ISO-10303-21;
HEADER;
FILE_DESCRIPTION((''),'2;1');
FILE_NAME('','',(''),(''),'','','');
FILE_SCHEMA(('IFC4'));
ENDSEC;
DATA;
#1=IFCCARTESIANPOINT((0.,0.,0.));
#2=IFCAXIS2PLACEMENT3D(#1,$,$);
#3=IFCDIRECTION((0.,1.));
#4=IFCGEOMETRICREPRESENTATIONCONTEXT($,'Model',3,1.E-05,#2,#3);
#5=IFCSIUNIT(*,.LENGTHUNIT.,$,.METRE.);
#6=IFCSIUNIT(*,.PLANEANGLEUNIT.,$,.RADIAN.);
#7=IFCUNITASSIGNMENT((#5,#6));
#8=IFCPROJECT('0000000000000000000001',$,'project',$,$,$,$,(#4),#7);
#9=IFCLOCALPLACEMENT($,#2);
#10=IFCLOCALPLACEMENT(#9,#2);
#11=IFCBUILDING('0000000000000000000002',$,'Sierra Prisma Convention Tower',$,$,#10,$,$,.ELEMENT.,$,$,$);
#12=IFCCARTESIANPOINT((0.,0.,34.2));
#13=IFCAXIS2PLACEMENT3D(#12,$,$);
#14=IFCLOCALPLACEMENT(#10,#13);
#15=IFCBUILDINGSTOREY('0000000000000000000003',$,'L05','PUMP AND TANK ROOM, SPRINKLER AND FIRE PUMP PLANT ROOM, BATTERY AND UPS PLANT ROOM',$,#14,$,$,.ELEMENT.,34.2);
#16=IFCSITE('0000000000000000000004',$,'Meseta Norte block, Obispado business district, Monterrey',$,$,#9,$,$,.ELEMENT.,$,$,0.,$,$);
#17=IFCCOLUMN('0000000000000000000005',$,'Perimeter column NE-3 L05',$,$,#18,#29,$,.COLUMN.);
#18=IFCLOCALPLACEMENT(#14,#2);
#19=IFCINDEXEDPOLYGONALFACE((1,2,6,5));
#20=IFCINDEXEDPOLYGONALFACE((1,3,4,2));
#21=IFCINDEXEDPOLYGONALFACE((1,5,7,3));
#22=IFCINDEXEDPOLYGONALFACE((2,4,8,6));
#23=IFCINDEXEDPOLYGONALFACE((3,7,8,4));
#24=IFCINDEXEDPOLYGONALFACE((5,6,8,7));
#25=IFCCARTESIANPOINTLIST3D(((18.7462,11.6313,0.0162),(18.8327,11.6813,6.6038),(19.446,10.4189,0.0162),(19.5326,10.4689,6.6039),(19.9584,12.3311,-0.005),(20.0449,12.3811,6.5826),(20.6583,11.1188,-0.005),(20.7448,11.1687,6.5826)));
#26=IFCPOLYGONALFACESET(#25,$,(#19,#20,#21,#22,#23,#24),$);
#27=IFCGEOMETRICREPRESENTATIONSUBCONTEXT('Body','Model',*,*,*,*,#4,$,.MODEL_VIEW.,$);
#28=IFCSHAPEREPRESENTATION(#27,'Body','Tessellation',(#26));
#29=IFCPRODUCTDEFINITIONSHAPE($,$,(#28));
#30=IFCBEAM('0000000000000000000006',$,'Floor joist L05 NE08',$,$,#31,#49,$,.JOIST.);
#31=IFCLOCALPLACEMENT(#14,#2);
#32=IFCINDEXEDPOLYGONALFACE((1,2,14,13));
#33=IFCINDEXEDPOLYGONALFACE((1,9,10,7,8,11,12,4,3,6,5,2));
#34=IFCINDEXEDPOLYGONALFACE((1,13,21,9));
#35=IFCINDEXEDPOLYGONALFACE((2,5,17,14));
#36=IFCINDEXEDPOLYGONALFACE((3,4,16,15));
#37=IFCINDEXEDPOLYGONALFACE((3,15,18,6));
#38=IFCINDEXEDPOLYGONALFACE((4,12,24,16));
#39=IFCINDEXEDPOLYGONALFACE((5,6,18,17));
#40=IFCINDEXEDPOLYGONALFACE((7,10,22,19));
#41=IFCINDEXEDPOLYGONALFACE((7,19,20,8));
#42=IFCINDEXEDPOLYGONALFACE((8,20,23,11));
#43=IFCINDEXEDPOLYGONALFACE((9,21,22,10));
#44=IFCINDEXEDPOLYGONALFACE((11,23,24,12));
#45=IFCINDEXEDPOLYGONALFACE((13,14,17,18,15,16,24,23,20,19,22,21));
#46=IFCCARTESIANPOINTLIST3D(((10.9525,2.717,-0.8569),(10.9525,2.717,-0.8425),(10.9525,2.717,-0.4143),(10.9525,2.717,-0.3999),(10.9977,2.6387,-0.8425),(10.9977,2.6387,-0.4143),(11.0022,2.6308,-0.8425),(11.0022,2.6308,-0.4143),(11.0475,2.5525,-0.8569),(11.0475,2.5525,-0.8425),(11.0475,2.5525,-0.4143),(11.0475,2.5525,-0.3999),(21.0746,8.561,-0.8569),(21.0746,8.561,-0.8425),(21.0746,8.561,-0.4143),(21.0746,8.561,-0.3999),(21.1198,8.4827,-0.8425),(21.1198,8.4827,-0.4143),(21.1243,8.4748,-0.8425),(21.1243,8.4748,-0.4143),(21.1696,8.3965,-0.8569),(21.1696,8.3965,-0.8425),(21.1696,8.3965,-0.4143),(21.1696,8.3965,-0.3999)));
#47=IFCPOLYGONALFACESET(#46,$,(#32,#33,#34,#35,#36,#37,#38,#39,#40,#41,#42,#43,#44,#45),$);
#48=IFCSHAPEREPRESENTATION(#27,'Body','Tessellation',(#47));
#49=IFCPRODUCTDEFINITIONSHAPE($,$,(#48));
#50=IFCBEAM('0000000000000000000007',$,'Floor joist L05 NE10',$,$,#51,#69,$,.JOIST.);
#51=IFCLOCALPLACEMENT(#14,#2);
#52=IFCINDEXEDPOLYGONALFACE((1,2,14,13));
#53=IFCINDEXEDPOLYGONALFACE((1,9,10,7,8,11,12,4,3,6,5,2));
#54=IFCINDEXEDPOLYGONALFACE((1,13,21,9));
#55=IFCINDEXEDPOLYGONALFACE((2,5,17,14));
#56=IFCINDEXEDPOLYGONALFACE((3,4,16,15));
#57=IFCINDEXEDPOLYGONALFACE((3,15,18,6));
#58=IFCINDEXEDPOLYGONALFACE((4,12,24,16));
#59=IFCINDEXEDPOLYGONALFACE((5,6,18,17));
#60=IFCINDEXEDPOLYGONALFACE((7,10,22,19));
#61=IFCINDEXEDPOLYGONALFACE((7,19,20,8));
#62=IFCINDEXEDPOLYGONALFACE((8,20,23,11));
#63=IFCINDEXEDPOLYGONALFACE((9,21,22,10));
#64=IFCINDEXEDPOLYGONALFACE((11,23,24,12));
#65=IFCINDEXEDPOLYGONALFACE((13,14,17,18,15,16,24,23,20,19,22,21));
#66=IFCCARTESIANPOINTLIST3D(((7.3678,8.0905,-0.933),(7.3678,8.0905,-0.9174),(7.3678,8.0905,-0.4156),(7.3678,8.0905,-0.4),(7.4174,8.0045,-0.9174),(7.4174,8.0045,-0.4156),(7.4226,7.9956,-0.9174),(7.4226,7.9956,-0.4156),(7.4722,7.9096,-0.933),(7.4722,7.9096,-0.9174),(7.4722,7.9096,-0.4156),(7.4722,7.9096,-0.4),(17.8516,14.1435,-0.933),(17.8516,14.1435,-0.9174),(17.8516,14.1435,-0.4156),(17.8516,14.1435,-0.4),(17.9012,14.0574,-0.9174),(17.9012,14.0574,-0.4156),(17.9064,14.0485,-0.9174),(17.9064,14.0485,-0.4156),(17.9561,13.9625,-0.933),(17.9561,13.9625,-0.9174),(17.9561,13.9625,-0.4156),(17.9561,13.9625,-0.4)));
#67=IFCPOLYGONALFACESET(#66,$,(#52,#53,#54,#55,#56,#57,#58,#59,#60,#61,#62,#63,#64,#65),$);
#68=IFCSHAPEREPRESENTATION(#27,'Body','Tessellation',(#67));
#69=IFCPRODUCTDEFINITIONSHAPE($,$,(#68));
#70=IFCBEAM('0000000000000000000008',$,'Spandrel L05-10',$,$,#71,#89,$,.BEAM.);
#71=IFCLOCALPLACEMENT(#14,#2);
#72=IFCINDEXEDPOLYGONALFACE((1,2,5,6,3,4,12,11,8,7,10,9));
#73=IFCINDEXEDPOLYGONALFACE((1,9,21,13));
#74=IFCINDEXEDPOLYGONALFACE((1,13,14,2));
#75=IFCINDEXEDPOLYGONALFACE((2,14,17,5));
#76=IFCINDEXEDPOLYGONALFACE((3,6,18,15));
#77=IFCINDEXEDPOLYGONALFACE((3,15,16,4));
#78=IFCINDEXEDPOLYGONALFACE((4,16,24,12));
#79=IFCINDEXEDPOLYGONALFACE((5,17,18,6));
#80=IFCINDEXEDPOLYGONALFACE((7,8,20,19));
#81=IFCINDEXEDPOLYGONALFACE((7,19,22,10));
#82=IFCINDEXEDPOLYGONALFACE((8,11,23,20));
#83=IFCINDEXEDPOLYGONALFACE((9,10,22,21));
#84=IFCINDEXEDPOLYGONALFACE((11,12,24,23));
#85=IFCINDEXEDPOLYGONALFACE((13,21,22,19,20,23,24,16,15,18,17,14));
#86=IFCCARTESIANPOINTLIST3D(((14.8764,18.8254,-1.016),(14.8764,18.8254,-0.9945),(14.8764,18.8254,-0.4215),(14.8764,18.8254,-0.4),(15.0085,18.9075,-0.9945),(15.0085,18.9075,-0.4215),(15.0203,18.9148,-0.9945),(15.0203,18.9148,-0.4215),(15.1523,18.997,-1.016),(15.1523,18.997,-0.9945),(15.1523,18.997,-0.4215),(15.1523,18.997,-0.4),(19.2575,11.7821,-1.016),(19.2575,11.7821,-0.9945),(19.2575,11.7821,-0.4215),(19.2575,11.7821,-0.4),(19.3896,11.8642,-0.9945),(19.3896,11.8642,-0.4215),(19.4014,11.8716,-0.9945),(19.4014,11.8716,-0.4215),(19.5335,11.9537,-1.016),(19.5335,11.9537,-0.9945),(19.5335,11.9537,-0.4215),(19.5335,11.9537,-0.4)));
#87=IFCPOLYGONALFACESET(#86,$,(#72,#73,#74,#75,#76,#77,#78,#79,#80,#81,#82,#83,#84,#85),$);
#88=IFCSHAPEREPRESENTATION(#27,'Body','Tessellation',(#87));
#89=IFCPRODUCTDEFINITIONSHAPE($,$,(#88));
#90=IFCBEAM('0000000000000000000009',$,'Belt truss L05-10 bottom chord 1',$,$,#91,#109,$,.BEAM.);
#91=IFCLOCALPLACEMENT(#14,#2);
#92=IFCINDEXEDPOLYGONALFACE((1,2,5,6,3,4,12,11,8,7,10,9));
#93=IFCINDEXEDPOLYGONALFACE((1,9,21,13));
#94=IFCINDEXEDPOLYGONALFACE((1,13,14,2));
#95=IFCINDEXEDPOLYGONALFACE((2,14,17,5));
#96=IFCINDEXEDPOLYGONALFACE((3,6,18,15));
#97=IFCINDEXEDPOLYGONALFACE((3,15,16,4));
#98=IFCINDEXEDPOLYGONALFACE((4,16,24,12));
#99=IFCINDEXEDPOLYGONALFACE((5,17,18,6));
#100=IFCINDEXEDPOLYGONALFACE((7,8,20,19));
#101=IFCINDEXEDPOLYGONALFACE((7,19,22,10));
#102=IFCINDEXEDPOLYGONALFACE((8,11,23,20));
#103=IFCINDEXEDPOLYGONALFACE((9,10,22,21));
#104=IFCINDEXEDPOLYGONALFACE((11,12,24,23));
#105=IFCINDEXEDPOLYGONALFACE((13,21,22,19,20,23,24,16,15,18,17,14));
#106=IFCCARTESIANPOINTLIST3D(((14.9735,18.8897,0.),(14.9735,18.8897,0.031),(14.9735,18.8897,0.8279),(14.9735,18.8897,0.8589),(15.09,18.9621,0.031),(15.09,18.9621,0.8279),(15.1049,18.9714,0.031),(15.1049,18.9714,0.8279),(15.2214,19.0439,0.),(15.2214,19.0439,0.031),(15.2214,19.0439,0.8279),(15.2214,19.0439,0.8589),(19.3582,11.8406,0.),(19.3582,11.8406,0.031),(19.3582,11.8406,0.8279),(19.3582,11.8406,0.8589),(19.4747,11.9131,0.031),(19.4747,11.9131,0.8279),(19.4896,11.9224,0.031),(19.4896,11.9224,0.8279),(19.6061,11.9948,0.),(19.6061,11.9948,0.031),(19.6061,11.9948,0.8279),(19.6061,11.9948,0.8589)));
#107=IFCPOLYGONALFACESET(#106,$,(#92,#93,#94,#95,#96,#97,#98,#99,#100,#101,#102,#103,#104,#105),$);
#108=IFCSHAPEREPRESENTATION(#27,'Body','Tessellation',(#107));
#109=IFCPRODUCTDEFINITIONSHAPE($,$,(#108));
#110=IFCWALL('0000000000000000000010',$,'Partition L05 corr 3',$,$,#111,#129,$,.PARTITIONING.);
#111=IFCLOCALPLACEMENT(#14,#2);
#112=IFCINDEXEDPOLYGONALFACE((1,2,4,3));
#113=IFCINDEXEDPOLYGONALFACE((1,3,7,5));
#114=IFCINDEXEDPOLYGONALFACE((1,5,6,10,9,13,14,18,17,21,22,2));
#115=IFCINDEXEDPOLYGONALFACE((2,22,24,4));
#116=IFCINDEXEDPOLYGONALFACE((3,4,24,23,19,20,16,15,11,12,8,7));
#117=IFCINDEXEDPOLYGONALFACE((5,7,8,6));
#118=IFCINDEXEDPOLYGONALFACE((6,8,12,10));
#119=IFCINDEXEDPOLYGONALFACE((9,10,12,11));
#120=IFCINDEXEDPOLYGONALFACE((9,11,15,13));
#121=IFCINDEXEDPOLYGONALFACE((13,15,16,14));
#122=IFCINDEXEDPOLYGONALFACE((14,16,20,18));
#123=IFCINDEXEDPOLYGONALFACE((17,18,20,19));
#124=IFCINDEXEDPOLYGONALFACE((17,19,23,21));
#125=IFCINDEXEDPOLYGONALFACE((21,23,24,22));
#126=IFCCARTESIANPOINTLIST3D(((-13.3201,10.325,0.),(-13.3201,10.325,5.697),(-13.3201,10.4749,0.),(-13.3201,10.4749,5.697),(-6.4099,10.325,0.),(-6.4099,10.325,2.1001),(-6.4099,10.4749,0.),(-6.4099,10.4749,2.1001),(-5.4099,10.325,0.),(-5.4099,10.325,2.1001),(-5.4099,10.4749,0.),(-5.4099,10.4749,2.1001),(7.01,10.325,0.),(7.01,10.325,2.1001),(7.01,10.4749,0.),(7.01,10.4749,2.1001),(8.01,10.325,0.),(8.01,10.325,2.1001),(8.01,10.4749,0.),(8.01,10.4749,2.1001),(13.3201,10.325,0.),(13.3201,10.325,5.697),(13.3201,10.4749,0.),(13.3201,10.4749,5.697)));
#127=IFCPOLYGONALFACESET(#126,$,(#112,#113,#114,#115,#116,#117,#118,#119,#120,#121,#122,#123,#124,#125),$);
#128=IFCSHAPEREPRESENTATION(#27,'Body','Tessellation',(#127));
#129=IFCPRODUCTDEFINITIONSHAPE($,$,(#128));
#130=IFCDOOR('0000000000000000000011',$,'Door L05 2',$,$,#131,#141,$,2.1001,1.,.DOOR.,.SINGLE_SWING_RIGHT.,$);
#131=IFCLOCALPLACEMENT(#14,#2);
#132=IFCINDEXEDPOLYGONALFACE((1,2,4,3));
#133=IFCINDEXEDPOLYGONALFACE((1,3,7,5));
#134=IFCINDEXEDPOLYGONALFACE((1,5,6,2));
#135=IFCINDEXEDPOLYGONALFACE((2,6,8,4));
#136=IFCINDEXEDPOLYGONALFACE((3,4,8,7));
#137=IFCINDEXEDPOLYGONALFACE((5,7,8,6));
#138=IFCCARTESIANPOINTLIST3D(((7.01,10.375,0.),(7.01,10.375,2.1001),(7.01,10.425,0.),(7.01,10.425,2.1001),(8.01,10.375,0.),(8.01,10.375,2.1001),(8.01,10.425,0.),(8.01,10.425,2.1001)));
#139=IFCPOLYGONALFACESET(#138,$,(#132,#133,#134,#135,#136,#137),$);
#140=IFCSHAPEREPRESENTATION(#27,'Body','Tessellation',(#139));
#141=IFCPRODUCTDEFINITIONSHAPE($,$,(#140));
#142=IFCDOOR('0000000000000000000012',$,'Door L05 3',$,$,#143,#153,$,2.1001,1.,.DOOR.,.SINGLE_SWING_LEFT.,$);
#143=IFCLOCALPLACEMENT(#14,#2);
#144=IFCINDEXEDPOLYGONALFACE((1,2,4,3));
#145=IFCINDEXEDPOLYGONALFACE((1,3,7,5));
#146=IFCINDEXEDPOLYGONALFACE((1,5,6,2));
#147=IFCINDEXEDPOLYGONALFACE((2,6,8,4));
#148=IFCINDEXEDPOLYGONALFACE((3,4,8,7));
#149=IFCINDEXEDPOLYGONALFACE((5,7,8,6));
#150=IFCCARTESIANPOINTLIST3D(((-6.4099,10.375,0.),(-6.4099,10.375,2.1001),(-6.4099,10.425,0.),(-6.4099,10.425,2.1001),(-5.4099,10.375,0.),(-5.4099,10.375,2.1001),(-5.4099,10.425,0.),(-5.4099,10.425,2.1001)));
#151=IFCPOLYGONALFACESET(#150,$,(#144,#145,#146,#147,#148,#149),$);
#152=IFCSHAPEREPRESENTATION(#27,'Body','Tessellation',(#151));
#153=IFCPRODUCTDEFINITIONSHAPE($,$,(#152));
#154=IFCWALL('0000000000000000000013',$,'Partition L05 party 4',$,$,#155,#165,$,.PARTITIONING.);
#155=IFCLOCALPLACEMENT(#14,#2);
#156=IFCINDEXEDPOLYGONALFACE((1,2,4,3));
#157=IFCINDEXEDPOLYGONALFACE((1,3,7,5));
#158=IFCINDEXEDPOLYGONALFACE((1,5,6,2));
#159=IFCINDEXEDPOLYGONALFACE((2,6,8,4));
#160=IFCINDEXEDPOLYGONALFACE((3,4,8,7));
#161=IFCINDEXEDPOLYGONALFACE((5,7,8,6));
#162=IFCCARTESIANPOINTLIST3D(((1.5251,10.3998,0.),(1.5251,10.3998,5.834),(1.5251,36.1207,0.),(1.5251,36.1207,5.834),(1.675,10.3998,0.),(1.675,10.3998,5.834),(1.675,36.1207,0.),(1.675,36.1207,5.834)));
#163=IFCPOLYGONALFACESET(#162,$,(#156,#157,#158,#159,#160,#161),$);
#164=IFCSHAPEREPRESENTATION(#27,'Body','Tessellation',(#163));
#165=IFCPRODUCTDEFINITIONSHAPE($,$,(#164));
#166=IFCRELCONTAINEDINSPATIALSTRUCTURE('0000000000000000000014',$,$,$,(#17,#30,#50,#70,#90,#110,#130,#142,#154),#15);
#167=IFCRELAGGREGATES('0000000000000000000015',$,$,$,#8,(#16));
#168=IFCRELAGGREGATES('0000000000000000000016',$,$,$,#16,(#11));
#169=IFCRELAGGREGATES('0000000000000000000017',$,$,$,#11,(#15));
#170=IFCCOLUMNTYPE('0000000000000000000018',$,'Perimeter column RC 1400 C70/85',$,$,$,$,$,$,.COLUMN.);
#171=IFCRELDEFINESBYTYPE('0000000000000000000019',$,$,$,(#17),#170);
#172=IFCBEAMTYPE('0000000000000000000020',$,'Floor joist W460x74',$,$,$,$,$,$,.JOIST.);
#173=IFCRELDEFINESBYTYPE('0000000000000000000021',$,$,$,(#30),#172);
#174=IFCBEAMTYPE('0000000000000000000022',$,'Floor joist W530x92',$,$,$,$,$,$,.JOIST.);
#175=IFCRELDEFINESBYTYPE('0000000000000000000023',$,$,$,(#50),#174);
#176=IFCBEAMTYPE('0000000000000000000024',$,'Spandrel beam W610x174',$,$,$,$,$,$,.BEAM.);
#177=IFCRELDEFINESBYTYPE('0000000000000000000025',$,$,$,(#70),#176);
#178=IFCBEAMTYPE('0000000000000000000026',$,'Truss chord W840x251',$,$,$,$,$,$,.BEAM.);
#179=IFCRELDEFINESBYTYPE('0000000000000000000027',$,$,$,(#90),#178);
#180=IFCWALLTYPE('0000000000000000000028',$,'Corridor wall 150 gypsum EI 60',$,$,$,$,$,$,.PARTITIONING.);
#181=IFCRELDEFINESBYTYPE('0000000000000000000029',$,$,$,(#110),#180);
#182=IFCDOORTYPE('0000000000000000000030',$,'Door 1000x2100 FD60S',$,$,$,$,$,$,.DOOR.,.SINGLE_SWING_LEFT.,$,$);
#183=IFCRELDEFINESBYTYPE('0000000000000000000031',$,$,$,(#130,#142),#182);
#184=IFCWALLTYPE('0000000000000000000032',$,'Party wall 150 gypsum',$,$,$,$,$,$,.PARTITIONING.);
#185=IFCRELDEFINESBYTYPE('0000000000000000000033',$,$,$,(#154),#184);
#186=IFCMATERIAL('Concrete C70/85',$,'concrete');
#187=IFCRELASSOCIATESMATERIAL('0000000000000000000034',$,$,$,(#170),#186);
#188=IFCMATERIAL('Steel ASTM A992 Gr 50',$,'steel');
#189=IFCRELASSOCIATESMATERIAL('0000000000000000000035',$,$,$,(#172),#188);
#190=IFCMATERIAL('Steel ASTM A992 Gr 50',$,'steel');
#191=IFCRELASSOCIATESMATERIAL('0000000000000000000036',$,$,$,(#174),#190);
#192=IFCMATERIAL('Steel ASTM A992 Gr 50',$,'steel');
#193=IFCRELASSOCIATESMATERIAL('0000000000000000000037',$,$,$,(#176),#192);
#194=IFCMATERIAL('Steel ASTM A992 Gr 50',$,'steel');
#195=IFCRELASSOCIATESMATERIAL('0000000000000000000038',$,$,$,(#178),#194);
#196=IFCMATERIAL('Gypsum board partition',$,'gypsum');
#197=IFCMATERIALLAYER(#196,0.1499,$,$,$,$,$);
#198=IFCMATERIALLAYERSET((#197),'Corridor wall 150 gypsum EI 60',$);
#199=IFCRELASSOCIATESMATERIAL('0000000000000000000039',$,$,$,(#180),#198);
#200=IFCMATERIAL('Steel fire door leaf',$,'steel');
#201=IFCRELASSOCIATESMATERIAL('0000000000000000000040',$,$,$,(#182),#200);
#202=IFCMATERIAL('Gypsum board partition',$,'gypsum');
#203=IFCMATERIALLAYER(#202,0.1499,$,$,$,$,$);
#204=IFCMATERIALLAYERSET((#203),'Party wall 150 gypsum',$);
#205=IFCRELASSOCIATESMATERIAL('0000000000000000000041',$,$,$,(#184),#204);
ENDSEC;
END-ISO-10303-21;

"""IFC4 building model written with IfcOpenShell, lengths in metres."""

from ifc_helpers import new_model, si_unit, direction, frame, frame_2d, origin, origin_2d, place, context, subcontext, project, spatial, rectangle, i_section, extrude, clip, halfspace, material, layer, layer_set, material_profile, profile_set, type_object, element, fill, save


model = new_model("IFC4")

# Units and contexts
model_context = context("Model", 3, precision=1e-05, world=origin(), true_north=direction((0.0, 1.0)))
body_context = subcontext(model_context, "Body", "Model", "MODEL_VIEW")
ifc_project = project(units=[si_unit("LENGTHUNIT", "METRE"), si_unit("PLANEANGLEUNIT", "RADIAN")], contexts=[model_context])

# Site, building, storey
site_placement = place(None, origin())
site = spatial("IfcSite", under=ifc_project, at=site_placement, Name="Meseta Norte block, Obispado business district, Monterrey", CompositionType="ELEMENT", RefElevation=0.0)
building_placement = place(site_placement, origin())
building = spatial("IfcBuilding", under=site, at=building_placement, Name="Sierra Prisma Convention Tower", CompositionType="ELEMENT")
storey_placement = place(building_placement, frame((0.0, 0.0, 34.2)))
storey = spatial("IfcBuildingStorey", under=building, at=storey_placement, Name="L05", Description="PUMP AND TANK ROOM, SPRINKLER AND FIRE PUMP PLANT ROOM, BATTERY AND UPS PLANT ROOM", CompositionType="ELEMENT", Elevation=34.2)

# Column
ifc_material_1 = material(Name="Concrete C70/85", Category="concrete")
ifc_material_profile_1 = material_profile(ifc_material_1, rectangle(XDim=1.3999, YDim=1.3999, at=origin_2d()), Name="Perimeter column RC 1400 C70/85")
ifc_profile_set_1 = profile_set([ifc_material_profile_1], Name="Concrete C70/85")
column_type = type_object("IfcColumnType", Name="Perimeter column RC 1400 C70/85", PredefinedType="COLUMN", material=ifc_profile_set_1)
column_placement = place(storey_placement, frame((19.7021, 11.375, 0.0), z_axis=(0.01313, 0.007582, 0.999885), x_axis=(-0.499957, 0.86605, -0.000002)))
element("IfcColumn", 1, at=column_placement, inside=storey, type_object=column_type, Name="Perimeter column NE-3 L05", PredefinedType="COLUMN", context=body_context, shape_type="SweptSolid", body=[
    clip(clip(extrude(rectangle(XDim=1.3999, YDim=1.3999, at=origin_2d()), origin(), (0.0, 0.0, 1.0), 6.6008), halfspace(frame((0.0, 0.0, 0.0056)), True)), halfspace(frame((0.0, 0.0, 6.594)), False)),
])

# Beams
ifc_material_2 = material(Name="Steel ASTM A992 Gr 50", Category="steel")
ifc_material_profile_2 = material_profile(ifc_material_2, i_section(OverallWidth=0.1899, OverallDepth=0.457, WebThickness=0.009, FlangeThickness=0.0144, at=origin_2d()), Name="W460x74")
ifc_profile_set_2 = profile_set([ifc_material_profile_2], Name="Steel ASTM A992 Gr 50")
beam_type_1 = type_object("IfcBeamType", Name="Floor joist W460x74", PredefinedType="JOIST", material=ifc_profile_set_2)
beam_1_placement = place(storey_placement, frame((21.1221, 8.4788, -0.6284), z_axis=(-0.866025, -0.500001, 0.0), x_axis=(0.500001, -0.866025, 0.0)))
element("IfcBeam", 2, at=beam_1_placement, inside=storey, type_object=beam_type_1, Name="Floor joist L05 NE08", PredefinedType="JOIST", context=body_context, shape_type="SweptSolid", body=[
    extrude(i_section(OverallWidth=0.1899, OverallDepth=0.457, WebThickness=0.009, FlangeThickness=0.0144, at=origin_2d()), origin(), (0.0, 0.0, 1.0), 11.688),
])
ifc_material_3 = material(Name="Steel ASTM A992 Gr 50", Category="steel")
ifc_material_profile_3 = material_profile(ifc_material_3, i_section(OverallWidth=0.209, OverallDepth=0.533, WebThickness=0.0103, FlangeThickness=0.0156, at=origin_2d()), Name="W530x92")
ifc_profile_set_3 = profile_set([ifc_material_profile_3], Name="Steel ASTM A992 Gr 50")
beam_type_2 = type_object("IfcBeamType", Name="Floor joist W530x92", PredefinedType="JOIST", material=ifc_profile_set_3)
beam_2_placement = place(storey_placement, frame((17.9038, 14.053, -0.6665), z_axis=(-0.866022, -0.500006, 0.0), x_axis=(0.500006, -0.866022, 0.0)))
element("IfcBeam", 3, at=beam_2_placement, inside=storey, type_object=beam_type_2, Name="Floor joist L05 NE10", PredefinedType="JOIST", context=body_context, shape_type="SweptSolid", body=[
    extrude(i_section(OverallWidth=0.209, OverallDepth=0.533, WebThickness=0.0103, FlangeThickness=0.0156, at=origin_2d()), origin(), (0.0, 0.0, 1.0), 12.1057),
])
ifc_material_4 = material(Name="Steel ASTM A992 Gr 50", Category="steel")
ifc_material_profile_4 = material_profile(ifc_material_4, i_section(OverallWidth=0.325, OverallDepth=0.616, WebThickness=0.0139, FlangeThickness=0.0215, at=origin_2d()), Name="W610x174")
ifc_profile_set_4 = profile_set([ifc_material_profile_4], Name="Steel ASTM A992 Gr 50")
beam_type_3 = type_object("IfcBeamType", Name="Spandrel beam W610x174", PredefinedType="BEAM", material=ifc_profile_set_4)
beam_3_placement = place(storey_placement, frame((19.3955, 11.8679, -0.708), z_axis=(-0.528185, 0.849129, 0.0), x_axis=(-0.849129, -0.528185, 0.0)))
element("IfcBeam", 4, at=beam_3_placement, inside=storey, type_object=beam_type_3, Name="Spandrel L05-10", PredefinedType="BEAM", context=body_context, shape_type="SweptSolid", body=[
    extrude(i_section(OverallWidth=0.325, OverallDepth=0.616, WebThickness=0.0139, FlangeThickness=0.0215, at=origin_2d()), origin(), (0.0, 0.0, 1.0), 8.2947),
])
ifc_material_5 = material(Name="Steel ASTM A992 Gr 50", Category="steel")
ifc_material_profile_5 = material_profile(ifc_material_5, i_section(OverallWidth=0.292, OverallDepth=0.8589, WebThickness=0.0176, FlangeThickness=0.031, at=origin_2d()), Name="W840x251")
ifc_profile_set_5 = profile_set([ifc_material_profile_5], Name="Steel ASTM A992 Gr 50")
beam_type_4 = type_object("IfcBeamType", Name="Truss chord W840x251", PredefinedType="BEAM", material=ifc_profile_set_5)
beam_4_placement = place(storey_placement, frame((19.4822, 11.9177, 0.4294), z_axis=(-0.528187, 0.849128, 0.0), x_axis=(-0.849128, -0.528187, 0.0)))
element("IfcBeam", 5, at=beam_4_placement, inside=storey, type_object=beam_type_4, Name="Belt truss L05-10 bottom chord 1", PredefinedType="BEAM", context=body_context, shape_type="SweptSolid", body=[
    extrude(i_section(OverallWidth=0.292, OverallDepth=0.8589, WebThickness=0.0176, FlangeThickness=0.031, at=origin_2d()), origin(), (0.0, 0.0, 1.0), 8.3015),
])

# Wall, openings, doors
ifc_material_6 = material(Name="Gypsum board partition", Category="gypsum")
ifc_layer_1 = layer(ifc_material_6, 0.1499)
ifc_layer_set_1 = layer_set([ifc_layer_1], Name="Corridor wall 150 gypsum EI 60")
wall_type_1 = type_object("IfcWallType", Name="Corridor wall 150 gypsum EI 60", PredefinedType="PARTITIONING", material=ifc_layer_set_1)
wall_1_placement = place(storey_placement, frame((13.3201, 10.3999, 0.0), z_axis=(0.0, 0.0, 1.0), x_axis=(-1.0, 0.0, 0.0)))
wall_1 = element("IfcWall", 6, at=wall_1_placement, inside=storey, type_object=wall_type_1, Name="Partition L05 corr 3", PredefinedType="PARTITIONING", context=body_context, shape_type="SweptSolid", body=[
    extrude(rectangle(XDim=26.6401, YDim=0.1499, at=frame_2d((13.3201, 0.0))), origin(), (0.0, 0.0, 1.0), 5.697),
])
opening_1_placement = place(wall_1_placement, frame((5.3101, 0.0, 0.0)))
opening_1 = element("IfcOpeningElement", 7, at=opening_1_placement, cuts=wall_1, PredefinedType="OPENING", context=body_context, shape_type="SweptSolid", body=[
    extrude(rectangle(XDim=1.0, YDim=2.1001, at=frame_2d((0.5, 1.05))), frame((0.0, 0.075, 0.0), z_axis=(0.0, -1.0, 0.0), x_axis=(1.0, 0.0, 0.0)), (0.0, 0.0, 1.0), 0.1499),
])
opening_2_placement = place(wall_1_placement, frame((18.73, 0.0, 0.0)))
opening_2 = element("IfcOpeningElement", 8, at=opening_2_placement, cuts=wall_1, PredefinedType="OPENING", context=body_context, shape_type="SweptSolid", body=[
    extrude(rectangle(XDim=1.0, YDim=2.1001, at=frame_2d((0.5, 1.05))), frame((0.0, 0.075, 0.0), z_axis=(0.0, -1.0, 0.0), x_axis=(1.0, 0.0, 0.0)), (0.0, 0.0, 1.0), 0.1499),
])
ifc_material_7 = material(Name="Steel fire door leaf", Category="steel")
door_type_1 = type_object("IfcDoorType", Name="Door 1000x2100 FD60S", OperationType="SINGLE_SWING_LEFT", PredefinedType="DOOR", material=ifc_material_7)
door_1_placement = place(opening_1_placement, origin())
door_1 = element("IfcDoor", 9, at=door_1_placement, inside=storey, type_object=door_type_1, Name="Door L05 2", OperationType="SINGLE_SWING_RIGHT", OverallHeight=2.1001, OverallWidth=1.0, PredefinedType="DOOR", context=body_context, shape_type="SweptSolid", body=[
    extrude(rectangle(XDim=1.0, YDim=2.1001, at=frame_2d((0.5, 1.05))), frame((0.0, 0.0249, 0.0), z_axis=(0.0, -1.0, 0.0), x_axis=(1.0, 0.0, 0.0)), (0.0, 0.0, 1.0), 0.05),
])
fill(opening_1, door_1)
door_2_placement = place(opening_2_placement, origin())
door_2 = element("IfcDoor", 10, at=door_2_placement, inside=storey, type_object=door_type_1, Name="Door L05 3", OperationType="SINGLE_SWING_LEFT", OverallHeight=2.1001, OverallWidth=1.0, PredefinedType="DOOR", context=body_context, shape_type="SweptSolid", body=[
    extrude(rectangle(XDim=1.0, YDim=2.1001, at=frame_2d((0.5, 1.05))), frame((0.0, 0.0249, 0.0), z_axis=(0.0, -1.0, 0.0), x_axis=(1.0, 0.0, 0.0)), (0.0, 0.0, 1.0), 0.05),
])
fill(opening_2, door_2)

# Wall
ifc_material_8 = material(Name="Gypsum board partition", Category="gypsum")
ifc_layer_2 = layer(ifc_material_8, 0.1499)
ifc_layer_set_2 = layer_set([ifc_layer_2], Name="Party wall 150 gypsum")
wall_type_2 = type_object("IfcWallType", Name="Party wall 150 gypsum", PredefinedType="PARTITIONING", material=ifc_layer_set_2)
wall_2_placement = place(storey_placement, frame((1.6001, 10.3999, 0.0), z_axis=(0.0, 0.0, 1.0), x_axis=(0.0, 1.0, 0.0)))
element("IfcWall", 11, at=wall_2_placement, inside=storey, type_object=wall_type_2, Name="Partition L05 party 4", PredefinedType="PARTITIONING", context=body_context, shape_type="SweptSolid", body=[
    extrude(rectangle(XDim=25.7209, YDim=0.1499, at=frame_2d((12.8604, 0.0))), origin(), (0.0, 0.0, 1.0), 5.834),
])

save(model, "model.ifc")
